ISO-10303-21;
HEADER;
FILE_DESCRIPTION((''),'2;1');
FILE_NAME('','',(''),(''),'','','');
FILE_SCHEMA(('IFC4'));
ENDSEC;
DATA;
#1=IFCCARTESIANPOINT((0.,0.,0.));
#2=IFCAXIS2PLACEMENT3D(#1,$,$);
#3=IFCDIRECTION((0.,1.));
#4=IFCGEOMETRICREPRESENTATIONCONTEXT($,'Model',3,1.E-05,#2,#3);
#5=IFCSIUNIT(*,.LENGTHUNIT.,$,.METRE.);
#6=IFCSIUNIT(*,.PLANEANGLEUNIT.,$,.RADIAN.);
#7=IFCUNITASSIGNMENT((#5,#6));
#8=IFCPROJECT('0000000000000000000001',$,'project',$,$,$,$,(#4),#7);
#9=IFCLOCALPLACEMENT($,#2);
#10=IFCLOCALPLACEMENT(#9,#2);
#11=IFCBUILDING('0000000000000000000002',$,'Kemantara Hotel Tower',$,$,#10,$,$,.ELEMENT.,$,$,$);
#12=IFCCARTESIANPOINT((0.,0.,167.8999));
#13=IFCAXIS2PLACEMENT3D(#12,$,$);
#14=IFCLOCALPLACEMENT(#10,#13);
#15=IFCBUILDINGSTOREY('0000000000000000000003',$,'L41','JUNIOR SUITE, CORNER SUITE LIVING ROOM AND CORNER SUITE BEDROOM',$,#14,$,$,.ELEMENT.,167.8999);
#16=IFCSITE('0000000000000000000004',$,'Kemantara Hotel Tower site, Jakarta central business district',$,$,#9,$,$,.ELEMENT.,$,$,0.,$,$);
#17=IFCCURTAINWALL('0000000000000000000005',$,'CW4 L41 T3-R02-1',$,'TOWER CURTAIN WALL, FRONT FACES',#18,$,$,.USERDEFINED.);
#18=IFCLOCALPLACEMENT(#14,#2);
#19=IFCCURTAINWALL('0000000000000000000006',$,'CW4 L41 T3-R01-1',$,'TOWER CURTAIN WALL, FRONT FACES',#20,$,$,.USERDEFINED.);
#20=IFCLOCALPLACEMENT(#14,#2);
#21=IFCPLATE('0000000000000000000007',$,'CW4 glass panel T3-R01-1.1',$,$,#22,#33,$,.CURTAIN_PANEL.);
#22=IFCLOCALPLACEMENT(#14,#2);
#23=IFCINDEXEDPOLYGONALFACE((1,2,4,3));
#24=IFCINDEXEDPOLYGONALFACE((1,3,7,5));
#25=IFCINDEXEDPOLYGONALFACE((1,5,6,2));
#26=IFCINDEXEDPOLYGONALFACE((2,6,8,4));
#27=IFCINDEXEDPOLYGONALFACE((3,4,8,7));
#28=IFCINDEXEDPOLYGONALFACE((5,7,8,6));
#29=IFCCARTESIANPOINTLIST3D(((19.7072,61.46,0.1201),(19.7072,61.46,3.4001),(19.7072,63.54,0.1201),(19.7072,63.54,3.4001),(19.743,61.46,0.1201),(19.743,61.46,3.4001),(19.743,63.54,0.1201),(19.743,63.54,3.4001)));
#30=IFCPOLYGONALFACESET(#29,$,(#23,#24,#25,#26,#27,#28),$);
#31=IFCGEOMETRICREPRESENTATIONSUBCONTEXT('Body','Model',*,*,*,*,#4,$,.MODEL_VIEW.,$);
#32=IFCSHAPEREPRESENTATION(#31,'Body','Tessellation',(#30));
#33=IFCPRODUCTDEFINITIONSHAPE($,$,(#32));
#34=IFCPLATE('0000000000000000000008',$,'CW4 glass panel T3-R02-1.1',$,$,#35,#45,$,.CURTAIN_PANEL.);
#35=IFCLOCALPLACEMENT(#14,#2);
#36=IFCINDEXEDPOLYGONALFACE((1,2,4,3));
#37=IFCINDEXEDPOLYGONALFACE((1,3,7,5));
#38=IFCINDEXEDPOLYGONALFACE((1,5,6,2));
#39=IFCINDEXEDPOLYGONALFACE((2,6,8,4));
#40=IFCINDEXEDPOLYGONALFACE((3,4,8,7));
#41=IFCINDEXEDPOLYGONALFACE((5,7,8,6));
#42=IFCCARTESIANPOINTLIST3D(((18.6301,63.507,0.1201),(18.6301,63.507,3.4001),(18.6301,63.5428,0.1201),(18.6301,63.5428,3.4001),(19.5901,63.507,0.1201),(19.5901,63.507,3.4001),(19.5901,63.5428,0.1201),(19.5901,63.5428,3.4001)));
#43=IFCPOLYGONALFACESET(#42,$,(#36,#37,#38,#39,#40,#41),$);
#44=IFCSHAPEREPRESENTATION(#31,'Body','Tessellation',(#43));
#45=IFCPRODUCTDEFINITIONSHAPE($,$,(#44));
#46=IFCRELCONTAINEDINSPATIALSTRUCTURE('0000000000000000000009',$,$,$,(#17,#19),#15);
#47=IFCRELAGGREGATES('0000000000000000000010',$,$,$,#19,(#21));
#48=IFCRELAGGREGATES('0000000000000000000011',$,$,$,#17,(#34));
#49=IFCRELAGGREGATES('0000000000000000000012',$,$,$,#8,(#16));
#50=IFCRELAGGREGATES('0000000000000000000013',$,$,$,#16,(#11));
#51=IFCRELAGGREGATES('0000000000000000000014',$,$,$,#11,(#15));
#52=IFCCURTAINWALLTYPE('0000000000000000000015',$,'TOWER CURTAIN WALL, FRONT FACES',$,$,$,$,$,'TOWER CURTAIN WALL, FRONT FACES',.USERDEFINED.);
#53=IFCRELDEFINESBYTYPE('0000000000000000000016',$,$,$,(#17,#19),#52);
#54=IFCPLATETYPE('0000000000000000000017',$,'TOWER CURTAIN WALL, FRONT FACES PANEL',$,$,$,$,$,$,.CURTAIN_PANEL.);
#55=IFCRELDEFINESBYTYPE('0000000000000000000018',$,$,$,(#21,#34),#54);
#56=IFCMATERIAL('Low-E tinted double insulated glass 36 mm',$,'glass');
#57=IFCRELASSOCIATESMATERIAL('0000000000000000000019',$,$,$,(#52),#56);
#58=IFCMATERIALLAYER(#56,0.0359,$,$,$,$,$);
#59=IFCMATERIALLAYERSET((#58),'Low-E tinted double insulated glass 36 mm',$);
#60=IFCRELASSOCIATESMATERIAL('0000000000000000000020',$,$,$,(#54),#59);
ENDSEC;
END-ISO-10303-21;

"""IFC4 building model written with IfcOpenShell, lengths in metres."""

from ifc_helpers import new_model, si_unit, direction, frame, origin, origin_2d, place, context, subcontext, project, spatial, rectangle, extrude, source, transform, mapped, material, layer, layer_set, type_object, element, aggregate, save


model = new_model("IFC4")

# Units and contexts
model_context = context("Model", 3, precision=1e-05, world=origin(), true_north=direction((0.0, 1.0)))
body_context = subcontext(model_context, "Body", "Model", "MODEL_VIEW")
ifc_project = project(units=[si_unit("LENGTHUNIT", "METRE"), si_unit("PLANEANGLEUNIT", "RADIAN")], contexts=[model_context])

# Site, building, storey
site_placement = place(None, origin())
site = spatial("IfcSite", under=ifc_project, at=site_placement, Name="Kemantara Hotel Tower site, Jakarta central business district", CompositionType="ELEMENT", RefElevation=0.0)
building_placement = place(site_placement, origin())
building = spatial("IfcBuilding", under=site, at=building_placement, Name="Kemantara Hotel Tower", CompositionType="ELEMENT")
storey_placement = place(building_placement, frame((0.0, 0.0, 167.8999)))
storey = spatial("IfcBuildingStorey", under=building, at=storey_placement, Name="L41", Description="JUNIOR SUITE, CORNER SUITE LIVING ROOM AND CORNER SUITE BEDROOM", CompositionType="ELEMENT", Elevation=167.8999)

# Curtain walls
ifc_material_1 = material(Name="Low-E tinted double insulated glass 36 mm", Category="glass")
curtain_wall_type = type_object("IfcCurtainWallType", Name="TOWER CURTAIN WALL, FRONT FACES", ElementType="TOWER CURTAIN WALL, FRONT FACES", PredefinedType="USERDEFINED", material=ifc_material_1)
curtain_wall_1_placement = place(storey_placement, origin())
curtain_wall_1 = element("IfcCurtainWall", 1, at=curtain_wall_1_placement, inside=storey, type_object=curtain_wall_type, Name="CW4 L41 T3-R02-1", ObjectType="TOWER CURTAIN WALL, FRONT FACES", PredefinedType="USERDEFINED")
curtain_wall_2_placement = place(storey_placement, origin())
curtain_wall_2 = element("IfcCurtainWall", 2, at=curtain_wall_2_placement, inside=storey, type_object=curtain_wall_type, Name="CW4 L41 T3-R01-1", ObjectType="TOWER CURTAIN WALL, FRONT FACES", PredefinedType="USERDEFINED")

# Plates
ifc_layer_1 = layer(ifc_material_1, 0.0359)
ifc_layer_set_1 = layer_set([ifc_layer_1], Name="Low-E tinted double insulated glass 36 mm")
plate_type = type_object("IfcPlateType", Name="TOWER CURTAIN WALL, FRONT FACES PANEL", PredefinedType="CURTAIN_PANEL", material=ifc_layer_set_1)
shared_shape_1 = source(origin(), body_context, "Body", "SweptSolid", [
    extrude(rectangle(XDim=2.0801, YDim=0.0359, at=origin_2d()), origin(), (0.0, 0.0, 1.0), 3.28),
])
plate_1_placement = place(storey_placement, frame((19.7251, 62.5, 0.1201), z_axis=(0.0, 0.0, 1.0), x_axis=(0.0, 1.0, 0.0)))
plate_1 = element("IfcPlate", 3, at=plate_1_placement, type_object=plate_type, Name="CW4 glass panel T3-R01-1.1", PredefinedType="CURTAIN_PANEL", context=body_context, shape_type="MappedRepresentation", body=[
    mapped(shared_shape_1, transform((0.0, 0.0, 0.0))),
])
aggregate(curtain_wall_2, [plate_1])
shared_shape_2 = source(origin(), body_context, "Body", "SweptSolid", [
    extrude(rectangle(XDim=0.96, YDim=0.0359, at=origin_2d()), origin(), (0.0, 0.0, 1.0), 3.28),
])
plate_2_placement = place(storey_placement, frame((19.1101, 63.5249, 0.1201), z_axis=(0.0, 0.0, 1.0), x_axis=(-1.0, 0.0, 0.0)))
plate_2 = element("IfcPlate", 4, at=plate_2_placement, type_object=plate_type, Name="CW4 glass panel T3-R02-1.1", PredefinedType="CURTAIN_PANEL", context=body_context, shape_type="MappedRepresentation", body=[
    mapped(shared_shape_2, transform((0.0, 0.0, 0.0))),
])
aggregate(curtain_wall_1, [plate_2])

save(model, "model.ifc")
